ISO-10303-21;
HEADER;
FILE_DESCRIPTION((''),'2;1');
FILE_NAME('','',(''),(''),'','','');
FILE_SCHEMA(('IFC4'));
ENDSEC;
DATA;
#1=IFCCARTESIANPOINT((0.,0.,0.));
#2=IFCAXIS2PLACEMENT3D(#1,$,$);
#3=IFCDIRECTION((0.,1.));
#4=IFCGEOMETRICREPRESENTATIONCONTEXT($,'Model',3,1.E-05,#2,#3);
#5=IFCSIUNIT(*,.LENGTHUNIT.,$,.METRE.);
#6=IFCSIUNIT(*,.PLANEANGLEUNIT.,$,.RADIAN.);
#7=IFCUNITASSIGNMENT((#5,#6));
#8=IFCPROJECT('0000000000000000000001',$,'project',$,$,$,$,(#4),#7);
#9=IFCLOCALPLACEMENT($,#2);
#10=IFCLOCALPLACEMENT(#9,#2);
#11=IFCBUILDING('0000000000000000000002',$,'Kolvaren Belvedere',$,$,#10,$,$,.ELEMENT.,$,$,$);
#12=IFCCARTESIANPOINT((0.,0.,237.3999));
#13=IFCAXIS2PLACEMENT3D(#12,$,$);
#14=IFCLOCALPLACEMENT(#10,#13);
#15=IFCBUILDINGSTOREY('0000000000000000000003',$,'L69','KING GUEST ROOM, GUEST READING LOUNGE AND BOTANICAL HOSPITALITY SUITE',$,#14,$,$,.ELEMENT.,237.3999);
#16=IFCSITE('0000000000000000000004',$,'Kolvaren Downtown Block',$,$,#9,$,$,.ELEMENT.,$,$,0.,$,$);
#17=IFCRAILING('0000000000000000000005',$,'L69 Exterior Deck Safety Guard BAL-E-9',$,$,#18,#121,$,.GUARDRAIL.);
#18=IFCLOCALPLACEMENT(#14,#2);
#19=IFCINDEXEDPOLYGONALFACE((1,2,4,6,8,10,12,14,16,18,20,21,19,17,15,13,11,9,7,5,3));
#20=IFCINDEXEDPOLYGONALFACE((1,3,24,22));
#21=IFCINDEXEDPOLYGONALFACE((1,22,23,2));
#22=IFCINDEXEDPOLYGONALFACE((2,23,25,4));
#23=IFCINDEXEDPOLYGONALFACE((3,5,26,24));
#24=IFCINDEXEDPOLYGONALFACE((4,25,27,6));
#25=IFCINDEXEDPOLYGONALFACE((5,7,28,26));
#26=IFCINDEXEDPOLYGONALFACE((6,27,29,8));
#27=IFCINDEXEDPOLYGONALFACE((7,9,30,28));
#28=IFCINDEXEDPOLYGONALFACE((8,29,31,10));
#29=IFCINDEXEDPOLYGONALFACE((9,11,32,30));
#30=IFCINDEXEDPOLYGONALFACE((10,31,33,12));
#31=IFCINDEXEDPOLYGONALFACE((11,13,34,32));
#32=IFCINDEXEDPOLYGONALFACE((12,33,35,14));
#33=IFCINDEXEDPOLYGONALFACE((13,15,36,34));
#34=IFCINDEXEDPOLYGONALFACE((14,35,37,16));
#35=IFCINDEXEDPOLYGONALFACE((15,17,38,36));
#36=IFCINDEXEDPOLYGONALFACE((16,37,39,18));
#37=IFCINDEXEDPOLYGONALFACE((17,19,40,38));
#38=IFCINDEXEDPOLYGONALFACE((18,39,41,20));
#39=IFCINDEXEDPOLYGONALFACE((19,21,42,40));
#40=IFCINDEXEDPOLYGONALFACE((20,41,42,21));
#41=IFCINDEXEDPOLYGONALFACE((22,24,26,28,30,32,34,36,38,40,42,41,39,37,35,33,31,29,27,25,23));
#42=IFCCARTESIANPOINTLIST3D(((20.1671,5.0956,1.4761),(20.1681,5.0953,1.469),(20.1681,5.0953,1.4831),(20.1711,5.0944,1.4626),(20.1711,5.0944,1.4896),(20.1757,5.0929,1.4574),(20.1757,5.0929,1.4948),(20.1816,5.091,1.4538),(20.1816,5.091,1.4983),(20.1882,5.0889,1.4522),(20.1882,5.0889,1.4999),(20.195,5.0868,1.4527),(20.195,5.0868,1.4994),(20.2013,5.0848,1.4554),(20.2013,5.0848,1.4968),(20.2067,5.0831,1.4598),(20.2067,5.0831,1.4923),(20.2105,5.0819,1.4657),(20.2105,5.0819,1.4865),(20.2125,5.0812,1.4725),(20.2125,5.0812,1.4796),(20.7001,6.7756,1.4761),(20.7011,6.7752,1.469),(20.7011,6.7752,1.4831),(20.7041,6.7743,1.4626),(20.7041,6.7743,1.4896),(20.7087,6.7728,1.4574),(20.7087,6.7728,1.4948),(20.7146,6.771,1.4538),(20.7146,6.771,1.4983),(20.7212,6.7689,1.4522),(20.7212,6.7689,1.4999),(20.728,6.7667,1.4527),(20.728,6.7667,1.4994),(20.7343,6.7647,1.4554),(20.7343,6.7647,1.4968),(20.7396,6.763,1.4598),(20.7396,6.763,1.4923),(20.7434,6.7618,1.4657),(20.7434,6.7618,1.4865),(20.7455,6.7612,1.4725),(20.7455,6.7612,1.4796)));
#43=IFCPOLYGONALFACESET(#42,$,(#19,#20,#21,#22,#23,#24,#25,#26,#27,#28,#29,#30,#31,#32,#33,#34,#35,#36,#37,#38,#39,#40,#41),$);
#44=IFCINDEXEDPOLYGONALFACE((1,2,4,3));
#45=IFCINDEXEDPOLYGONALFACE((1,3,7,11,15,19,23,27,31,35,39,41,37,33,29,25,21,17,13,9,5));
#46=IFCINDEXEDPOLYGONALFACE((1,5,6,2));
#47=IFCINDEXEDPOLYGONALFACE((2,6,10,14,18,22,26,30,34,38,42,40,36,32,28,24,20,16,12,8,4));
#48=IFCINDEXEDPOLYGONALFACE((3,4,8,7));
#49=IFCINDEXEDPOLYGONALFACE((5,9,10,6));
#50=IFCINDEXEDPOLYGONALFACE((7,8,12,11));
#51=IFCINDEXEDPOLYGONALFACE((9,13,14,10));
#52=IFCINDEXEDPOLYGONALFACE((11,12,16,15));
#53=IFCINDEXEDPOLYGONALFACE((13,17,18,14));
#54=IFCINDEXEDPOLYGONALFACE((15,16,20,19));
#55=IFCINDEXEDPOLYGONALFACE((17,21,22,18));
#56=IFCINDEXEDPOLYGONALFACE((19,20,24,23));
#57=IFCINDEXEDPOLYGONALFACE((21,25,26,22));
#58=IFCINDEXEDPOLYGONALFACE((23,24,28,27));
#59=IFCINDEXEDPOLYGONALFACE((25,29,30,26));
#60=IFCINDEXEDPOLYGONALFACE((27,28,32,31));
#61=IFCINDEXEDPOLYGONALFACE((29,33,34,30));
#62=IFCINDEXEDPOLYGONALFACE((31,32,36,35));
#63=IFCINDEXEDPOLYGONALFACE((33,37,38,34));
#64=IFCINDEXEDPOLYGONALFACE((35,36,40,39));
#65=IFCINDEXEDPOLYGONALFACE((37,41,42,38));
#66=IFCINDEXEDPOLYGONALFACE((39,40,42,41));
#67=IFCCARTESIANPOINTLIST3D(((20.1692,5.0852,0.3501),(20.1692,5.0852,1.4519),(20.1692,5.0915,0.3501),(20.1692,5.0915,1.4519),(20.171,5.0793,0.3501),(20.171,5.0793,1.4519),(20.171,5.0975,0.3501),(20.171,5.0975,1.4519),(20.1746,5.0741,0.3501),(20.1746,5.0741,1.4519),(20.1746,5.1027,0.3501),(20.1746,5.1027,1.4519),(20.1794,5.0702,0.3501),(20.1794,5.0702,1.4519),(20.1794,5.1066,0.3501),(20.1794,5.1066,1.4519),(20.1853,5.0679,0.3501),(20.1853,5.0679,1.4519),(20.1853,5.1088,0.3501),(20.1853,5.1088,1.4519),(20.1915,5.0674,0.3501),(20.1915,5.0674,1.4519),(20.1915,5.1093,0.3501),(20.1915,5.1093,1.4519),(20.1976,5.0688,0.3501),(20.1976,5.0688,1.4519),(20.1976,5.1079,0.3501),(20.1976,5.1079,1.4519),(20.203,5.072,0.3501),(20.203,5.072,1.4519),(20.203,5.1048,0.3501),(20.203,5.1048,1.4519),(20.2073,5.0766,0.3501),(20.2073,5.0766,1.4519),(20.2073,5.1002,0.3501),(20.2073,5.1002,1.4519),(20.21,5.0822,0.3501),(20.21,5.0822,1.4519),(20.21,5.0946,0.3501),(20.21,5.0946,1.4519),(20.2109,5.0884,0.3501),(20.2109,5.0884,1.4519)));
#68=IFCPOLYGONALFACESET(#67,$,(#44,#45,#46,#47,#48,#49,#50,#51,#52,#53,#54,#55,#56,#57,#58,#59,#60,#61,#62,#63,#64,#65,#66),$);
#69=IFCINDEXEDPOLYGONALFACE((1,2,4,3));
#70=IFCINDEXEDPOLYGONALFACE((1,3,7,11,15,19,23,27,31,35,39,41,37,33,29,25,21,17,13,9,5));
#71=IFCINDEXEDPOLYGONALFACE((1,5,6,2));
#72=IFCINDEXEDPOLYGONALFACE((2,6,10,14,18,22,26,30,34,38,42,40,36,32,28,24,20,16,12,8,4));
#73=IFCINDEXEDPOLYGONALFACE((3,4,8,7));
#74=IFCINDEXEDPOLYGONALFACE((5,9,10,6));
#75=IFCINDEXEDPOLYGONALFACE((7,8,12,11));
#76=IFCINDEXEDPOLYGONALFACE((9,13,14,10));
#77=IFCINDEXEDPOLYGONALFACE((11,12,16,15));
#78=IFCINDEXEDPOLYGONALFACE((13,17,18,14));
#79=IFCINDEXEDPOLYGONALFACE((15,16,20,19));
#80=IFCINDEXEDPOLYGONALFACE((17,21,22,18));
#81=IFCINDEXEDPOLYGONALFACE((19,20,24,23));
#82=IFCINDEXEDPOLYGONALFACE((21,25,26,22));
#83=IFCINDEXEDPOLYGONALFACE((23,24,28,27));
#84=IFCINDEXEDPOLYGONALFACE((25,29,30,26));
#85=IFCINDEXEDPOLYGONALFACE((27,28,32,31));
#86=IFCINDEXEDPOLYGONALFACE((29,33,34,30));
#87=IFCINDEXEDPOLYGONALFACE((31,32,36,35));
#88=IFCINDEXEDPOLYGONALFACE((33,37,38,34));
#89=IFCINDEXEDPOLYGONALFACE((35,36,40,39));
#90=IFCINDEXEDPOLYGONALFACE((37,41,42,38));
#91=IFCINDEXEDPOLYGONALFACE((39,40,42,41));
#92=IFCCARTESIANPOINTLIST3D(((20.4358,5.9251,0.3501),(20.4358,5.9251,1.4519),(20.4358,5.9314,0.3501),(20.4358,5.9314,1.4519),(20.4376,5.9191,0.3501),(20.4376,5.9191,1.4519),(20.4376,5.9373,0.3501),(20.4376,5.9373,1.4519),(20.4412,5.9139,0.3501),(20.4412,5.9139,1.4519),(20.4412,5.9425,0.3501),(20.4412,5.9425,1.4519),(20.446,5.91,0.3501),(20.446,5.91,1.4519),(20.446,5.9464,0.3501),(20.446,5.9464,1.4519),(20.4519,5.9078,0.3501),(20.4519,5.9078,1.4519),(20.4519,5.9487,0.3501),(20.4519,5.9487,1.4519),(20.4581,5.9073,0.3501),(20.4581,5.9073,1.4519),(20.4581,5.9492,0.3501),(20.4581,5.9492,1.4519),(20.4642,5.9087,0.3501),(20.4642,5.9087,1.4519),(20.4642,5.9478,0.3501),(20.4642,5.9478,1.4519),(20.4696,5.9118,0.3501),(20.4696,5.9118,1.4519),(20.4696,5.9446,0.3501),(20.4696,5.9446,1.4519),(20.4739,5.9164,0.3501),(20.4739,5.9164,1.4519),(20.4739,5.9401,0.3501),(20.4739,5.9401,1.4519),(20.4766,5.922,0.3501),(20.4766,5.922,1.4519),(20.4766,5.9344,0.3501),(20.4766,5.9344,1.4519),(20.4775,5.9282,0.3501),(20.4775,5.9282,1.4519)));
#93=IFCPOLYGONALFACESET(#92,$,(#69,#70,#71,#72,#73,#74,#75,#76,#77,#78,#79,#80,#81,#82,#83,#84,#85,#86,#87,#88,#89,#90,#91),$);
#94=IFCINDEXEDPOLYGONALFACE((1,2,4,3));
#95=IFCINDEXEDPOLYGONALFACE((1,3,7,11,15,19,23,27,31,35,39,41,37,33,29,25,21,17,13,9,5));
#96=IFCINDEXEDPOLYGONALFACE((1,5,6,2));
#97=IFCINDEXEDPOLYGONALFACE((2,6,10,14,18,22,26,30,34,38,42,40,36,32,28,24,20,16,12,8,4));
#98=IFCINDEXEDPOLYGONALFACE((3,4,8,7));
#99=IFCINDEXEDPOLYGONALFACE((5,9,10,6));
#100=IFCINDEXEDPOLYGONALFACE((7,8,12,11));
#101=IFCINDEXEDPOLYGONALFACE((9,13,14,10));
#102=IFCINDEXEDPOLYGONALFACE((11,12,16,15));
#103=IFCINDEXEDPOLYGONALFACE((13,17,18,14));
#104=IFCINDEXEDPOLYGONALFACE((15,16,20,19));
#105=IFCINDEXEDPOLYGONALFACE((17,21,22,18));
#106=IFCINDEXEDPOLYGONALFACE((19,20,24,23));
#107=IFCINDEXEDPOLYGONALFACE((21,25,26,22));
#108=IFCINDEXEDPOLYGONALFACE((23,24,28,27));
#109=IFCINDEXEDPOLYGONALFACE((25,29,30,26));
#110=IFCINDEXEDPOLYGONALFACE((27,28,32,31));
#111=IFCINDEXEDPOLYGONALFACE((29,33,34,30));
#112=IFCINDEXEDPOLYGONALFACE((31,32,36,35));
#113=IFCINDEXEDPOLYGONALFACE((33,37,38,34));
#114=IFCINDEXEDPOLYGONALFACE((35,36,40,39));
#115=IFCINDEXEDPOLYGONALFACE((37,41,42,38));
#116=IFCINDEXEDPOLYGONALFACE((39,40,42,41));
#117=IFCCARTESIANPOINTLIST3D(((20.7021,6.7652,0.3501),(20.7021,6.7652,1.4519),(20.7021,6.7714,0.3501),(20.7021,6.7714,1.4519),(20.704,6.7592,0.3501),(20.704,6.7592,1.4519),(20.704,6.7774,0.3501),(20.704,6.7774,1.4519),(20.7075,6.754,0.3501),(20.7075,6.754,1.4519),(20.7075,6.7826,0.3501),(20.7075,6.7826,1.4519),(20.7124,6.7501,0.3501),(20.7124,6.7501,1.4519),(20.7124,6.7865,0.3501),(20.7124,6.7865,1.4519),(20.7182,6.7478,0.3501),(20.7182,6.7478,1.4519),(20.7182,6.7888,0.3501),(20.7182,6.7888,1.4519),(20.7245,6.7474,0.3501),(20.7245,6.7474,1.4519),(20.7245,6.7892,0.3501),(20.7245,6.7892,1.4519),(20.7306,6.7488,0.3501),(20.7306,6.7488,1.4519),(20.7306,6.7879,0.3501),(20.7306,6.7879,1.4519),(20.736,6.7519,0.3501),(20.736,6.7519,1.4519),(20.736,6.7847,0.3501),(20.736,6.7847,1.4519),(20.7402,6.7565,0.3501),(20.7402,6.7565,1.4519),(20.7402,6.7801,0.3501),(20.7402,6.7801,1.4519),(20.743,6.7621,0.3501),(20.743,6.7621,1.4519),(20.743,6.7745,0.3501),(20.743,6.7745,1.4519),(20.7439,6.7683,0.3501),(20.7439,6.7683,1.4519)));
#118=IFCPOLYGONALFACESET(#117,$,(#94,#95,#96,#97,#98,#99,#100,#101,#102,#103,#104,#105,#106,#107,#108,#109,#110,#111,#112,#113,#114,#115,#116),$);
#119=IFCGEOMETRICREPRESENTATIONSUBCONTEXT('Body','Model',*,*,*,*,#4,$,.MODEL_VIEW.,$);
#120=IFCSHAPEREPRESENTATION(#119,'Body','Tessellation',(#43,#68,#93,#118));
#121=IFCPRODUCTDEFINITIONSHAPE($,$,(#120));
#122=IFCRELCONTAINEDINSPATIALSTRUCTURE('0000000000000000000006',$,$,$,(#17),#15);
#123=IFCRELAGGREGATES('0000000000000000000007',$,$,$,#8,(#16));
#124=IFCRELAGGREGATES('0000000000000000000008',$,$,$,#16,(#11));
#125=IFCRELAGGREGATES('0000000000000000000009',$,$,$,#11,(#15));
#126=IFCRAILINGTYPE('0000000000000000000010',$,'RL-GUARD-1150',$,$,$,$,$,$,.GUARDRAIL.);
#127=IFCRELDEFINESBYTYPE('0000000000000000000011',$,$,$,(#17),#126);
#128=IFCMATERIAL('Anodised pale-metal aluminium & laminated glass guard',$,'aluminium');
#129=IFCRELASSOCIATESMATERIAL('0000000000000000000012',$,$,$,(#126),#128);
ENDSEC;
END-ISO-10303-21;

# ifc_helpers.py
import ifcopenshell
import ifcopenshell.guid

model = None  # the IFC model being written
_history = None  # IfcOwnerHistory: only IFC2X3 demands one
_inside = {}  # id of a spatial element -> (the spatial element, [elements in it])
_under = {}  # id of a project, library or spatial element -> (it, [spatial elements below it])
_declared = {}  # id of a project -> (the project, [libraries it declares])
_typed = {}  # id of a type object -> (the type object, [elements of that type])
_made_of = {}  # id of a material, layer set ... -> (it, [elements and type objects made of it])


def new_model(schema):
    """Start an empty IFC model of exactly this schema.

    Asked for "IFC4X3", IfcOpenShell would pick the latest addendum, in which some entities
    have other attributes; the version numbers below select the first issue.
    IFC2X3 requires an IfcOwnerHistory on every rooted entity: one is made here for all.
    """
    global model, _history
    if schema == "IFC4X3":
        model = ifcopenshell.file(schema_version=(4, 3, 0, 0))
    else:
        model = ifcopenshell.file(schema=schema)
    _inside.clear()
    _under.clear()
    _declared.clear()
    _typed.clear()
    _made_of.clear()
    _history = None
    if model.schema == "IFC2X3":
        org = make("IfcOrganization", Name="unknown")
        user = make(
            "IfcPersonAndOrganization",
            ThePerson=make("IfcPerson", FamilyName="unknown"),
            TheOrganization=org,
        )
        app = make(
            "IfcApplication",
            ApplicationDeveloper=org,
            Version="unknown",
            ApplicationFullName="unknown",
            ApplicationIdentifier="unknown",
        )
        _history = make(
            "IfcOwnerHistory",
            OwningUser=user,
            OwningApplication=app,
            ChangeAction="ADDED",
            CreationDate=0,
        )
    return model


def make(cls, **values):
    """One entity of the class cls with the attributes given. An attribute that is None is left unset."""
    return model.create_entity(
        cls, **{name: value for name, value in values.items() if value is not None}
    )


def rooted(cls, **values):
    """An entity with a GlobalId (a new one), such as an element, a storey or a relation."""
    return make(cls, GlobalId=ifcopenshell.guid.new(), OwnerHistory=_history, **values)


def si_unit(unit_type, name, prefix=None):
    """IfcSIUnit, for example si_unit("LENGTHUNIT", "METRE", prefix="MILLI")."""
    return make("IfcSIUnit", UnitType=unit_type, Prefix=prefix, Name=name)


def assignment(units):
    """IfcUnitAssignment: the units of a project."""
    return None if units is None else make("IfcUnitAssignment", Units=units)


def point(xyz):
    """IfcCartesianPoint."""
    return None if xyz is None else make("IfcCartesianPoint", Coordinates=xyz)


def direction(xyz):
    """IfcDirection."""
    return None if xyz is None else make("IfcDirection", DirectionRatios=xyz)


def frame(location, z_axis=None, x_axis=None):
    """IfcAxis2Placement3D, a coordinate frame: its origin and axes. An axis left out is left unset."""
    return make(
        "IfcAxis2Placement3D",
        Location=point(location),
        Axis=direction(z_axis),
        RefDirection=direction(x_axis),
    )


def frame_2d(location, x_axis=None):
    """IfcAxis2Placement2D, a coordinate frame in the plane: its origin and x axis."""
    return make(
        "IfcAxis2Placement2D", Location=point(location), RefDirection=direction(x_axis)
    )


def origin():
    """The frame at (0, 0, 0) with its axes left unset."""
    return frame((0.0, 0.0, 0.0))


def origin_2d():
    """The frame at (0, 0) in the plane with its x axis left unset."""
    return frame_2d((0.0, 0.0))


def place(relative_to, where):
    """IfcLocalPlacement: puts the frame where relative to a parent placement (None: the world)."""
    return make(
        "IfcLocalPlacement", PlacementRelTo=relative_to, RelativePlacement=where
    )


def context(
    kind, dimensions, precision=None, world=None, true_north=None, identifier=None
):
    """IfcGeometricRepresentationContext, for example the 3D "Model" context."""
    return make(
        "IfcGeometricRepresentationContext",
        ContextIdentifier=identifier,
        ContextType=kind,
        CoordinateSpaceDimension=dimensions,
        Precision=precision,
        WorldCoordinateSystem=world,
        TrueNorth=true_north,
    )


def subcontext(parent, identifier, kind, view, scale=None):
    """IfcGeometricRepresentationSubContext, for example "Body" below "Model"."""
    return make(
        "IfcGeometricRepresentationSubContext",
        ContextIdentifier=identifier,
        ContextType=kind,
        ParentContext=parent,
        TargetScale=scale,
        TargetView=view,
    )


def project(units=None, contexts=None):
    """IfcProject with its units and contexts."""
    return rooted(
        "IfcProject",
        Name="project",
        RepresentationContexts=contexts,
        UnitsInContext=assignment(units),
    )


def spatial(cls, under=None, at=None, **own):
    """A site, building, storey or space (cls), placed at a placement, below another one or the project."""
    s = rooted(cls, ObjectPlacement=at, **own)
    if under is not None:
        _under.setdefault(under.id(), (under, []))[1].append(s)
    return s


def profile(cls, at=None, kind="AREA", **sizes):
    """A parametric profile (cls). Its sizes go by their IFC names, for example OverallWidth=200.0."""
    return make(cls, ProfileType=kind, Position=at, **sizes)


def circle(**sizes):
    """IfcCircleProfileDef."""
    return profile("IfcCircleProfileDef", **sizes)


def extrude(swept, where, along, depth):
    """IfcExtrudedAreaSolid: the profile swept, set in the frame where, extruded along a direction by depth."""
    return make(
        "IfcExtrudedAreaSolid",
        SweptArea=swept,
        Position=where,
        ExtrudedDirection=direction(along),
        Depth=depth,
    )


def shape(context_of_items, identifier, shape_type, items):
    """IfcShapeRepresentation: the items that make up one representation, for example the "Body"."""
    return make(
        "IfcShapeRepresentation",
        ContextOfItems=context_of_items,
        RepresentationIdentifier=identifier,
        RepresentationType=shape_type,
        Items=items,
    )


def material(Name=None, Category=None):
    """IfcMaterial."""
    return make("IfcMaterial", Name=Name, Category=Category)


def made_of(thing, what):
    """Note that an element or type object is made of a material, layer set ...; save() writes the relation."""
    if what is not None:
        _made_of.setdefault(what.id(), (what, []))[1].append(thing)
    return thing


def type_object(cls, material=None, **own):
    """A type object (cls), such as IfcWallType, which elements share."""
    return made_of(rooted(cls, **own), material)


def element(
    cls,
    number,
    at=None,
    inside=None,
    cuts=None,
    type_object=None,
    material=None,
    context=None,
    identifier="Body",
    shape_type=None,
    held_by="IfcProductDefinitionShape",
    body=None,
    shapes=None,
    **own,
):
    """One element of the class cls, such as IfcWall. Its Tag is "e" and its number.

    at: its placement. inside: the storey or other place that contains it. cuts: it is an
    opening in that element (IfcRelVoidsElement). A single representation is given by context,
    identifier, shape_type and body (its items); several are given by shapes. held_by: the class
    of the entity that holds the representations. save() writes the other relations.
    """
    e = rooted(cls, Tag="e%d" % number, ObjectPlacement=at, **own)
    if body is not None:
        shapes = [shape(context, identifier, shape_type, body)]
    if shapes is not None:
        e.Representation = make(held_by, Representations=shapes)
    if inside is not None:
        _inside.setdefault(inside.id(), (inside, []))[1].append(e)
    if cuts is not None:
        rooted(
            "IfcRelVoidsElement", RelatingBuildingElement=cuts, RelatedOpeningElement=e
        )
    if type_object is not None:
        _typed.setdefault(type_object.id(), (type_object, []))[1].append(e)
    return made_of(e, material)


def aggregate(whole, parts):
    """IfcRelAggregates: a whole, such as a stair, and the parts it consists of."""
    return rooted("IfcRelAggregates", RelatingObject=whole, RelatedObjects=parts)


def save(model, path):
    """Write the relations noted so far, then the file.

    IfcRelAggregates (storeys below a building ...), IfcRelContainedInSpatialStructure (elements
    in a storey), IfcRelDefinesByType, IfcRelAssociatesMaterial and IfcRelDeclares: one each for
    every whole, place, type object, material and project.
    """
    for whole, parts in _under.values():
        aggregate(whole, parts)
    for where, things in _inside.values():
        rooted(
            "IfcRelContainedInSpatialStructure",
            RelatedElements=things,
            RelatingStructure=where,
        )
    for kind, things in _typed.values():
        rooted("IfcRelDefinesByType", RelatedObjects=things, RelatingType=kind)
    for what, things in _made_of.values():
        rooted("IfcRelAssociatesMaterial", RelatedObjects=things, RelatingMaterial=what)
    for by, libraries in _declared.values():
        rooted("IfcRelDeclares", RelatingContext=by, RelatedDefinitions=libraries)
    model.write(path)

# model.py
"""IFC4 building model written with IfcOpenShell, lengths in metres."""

from ifc_helpers import new_model, si_unit, direction, frame, origin, origin_2d, place, context, subcontext, project, spatial, circle, extrude, material, type_object, element, save


model = new_model("IFC4")

# Units and contexts
model_context = context("Model", 3, precision=1e-05, world=origin(), true_north=direction((0.0, 1.0)))
body_context = subcontext(model_context, "Body", "Model", "MODEL_VIEW")
ifc_project = project(units=[si_unit("LENGTHUNIT", "METRE"), si_unit("PLANEANGLEUNIT", "RADIAN")], contexts=[model_context])

# Site, building, storey
site_placement = place(None, origin())
site = spatial("IfcSite", under=ifc_project, at=site_placement, Name="Kolvaren Downtown Block", CompositionType="ELEMENT", RefElevation=0.0)
building_placement = place(site_placement, origin())
building = spatial("IfcBuilding", under=site, at=building_placement, Name="Kolvaren Belvedere", CompositionType="ELEMENT")
storey_placement = place(building_placement, frame((0.0, 0.0, 237.3999)))
storey = spatial("IfcBuildingStorey", under=building, at=storey_placement, Name="L69", Description="KING GUEST ROOM, GUEST READING LOUNGE AND BOTANICAL HOSPITALITY SUITE", CompositionType="ELEMENT", Elevation=237.3999)

# Railing
ifc_material_1 = material(Name="Anodised pale-metal aluminium & laminated glass guard", Category="aluminium")
railing_type = type_object("IfcRailingType", Name="RL-GUARD-1150", PredefinedType="GUARDRAIL", material=ifc_material_1)
railing_1_placement = place(storey_placement, frame((20.1899, 5.0884, 0.3501)))
element("IfcRailing", 1, at=railing_1_placement, inside=storey, type_object=railing_type, Name="L69 Exterior Deck Safety Guard BAL-E-9", PredefinedType="GUARDRAIL", context=body_context, shape_type="SweptSolid", body=[
    extrude(circle(Radius=0.0239, at=origin_2d()), frame((0.0, 0.0, 1.126), z_axis=(0.302397, 0.953182, 0.0), x_axis=(-0.953182, 0.302397, 0.0)), (0.0, 0.0, 1.0), 1.7625),
    extrude(circle(Radius=0.021, at=origin_2d()), origin(), (0.0, 0.0, 1.0), 1.1018),
    extrude(circle(Radius=0.021, at=origin_2d()), frame((0.2666, 0.8398, 0.0)), (0.0, 0.0, 1.0), 1.1018),
    extrude(circle(Radius=0.021, at=origin_2d()), frame((0.533, 1.6799, 0.0)), (0.0, 0.0, 1.0), 1.1018),
])

save(model, "model.ifc")
